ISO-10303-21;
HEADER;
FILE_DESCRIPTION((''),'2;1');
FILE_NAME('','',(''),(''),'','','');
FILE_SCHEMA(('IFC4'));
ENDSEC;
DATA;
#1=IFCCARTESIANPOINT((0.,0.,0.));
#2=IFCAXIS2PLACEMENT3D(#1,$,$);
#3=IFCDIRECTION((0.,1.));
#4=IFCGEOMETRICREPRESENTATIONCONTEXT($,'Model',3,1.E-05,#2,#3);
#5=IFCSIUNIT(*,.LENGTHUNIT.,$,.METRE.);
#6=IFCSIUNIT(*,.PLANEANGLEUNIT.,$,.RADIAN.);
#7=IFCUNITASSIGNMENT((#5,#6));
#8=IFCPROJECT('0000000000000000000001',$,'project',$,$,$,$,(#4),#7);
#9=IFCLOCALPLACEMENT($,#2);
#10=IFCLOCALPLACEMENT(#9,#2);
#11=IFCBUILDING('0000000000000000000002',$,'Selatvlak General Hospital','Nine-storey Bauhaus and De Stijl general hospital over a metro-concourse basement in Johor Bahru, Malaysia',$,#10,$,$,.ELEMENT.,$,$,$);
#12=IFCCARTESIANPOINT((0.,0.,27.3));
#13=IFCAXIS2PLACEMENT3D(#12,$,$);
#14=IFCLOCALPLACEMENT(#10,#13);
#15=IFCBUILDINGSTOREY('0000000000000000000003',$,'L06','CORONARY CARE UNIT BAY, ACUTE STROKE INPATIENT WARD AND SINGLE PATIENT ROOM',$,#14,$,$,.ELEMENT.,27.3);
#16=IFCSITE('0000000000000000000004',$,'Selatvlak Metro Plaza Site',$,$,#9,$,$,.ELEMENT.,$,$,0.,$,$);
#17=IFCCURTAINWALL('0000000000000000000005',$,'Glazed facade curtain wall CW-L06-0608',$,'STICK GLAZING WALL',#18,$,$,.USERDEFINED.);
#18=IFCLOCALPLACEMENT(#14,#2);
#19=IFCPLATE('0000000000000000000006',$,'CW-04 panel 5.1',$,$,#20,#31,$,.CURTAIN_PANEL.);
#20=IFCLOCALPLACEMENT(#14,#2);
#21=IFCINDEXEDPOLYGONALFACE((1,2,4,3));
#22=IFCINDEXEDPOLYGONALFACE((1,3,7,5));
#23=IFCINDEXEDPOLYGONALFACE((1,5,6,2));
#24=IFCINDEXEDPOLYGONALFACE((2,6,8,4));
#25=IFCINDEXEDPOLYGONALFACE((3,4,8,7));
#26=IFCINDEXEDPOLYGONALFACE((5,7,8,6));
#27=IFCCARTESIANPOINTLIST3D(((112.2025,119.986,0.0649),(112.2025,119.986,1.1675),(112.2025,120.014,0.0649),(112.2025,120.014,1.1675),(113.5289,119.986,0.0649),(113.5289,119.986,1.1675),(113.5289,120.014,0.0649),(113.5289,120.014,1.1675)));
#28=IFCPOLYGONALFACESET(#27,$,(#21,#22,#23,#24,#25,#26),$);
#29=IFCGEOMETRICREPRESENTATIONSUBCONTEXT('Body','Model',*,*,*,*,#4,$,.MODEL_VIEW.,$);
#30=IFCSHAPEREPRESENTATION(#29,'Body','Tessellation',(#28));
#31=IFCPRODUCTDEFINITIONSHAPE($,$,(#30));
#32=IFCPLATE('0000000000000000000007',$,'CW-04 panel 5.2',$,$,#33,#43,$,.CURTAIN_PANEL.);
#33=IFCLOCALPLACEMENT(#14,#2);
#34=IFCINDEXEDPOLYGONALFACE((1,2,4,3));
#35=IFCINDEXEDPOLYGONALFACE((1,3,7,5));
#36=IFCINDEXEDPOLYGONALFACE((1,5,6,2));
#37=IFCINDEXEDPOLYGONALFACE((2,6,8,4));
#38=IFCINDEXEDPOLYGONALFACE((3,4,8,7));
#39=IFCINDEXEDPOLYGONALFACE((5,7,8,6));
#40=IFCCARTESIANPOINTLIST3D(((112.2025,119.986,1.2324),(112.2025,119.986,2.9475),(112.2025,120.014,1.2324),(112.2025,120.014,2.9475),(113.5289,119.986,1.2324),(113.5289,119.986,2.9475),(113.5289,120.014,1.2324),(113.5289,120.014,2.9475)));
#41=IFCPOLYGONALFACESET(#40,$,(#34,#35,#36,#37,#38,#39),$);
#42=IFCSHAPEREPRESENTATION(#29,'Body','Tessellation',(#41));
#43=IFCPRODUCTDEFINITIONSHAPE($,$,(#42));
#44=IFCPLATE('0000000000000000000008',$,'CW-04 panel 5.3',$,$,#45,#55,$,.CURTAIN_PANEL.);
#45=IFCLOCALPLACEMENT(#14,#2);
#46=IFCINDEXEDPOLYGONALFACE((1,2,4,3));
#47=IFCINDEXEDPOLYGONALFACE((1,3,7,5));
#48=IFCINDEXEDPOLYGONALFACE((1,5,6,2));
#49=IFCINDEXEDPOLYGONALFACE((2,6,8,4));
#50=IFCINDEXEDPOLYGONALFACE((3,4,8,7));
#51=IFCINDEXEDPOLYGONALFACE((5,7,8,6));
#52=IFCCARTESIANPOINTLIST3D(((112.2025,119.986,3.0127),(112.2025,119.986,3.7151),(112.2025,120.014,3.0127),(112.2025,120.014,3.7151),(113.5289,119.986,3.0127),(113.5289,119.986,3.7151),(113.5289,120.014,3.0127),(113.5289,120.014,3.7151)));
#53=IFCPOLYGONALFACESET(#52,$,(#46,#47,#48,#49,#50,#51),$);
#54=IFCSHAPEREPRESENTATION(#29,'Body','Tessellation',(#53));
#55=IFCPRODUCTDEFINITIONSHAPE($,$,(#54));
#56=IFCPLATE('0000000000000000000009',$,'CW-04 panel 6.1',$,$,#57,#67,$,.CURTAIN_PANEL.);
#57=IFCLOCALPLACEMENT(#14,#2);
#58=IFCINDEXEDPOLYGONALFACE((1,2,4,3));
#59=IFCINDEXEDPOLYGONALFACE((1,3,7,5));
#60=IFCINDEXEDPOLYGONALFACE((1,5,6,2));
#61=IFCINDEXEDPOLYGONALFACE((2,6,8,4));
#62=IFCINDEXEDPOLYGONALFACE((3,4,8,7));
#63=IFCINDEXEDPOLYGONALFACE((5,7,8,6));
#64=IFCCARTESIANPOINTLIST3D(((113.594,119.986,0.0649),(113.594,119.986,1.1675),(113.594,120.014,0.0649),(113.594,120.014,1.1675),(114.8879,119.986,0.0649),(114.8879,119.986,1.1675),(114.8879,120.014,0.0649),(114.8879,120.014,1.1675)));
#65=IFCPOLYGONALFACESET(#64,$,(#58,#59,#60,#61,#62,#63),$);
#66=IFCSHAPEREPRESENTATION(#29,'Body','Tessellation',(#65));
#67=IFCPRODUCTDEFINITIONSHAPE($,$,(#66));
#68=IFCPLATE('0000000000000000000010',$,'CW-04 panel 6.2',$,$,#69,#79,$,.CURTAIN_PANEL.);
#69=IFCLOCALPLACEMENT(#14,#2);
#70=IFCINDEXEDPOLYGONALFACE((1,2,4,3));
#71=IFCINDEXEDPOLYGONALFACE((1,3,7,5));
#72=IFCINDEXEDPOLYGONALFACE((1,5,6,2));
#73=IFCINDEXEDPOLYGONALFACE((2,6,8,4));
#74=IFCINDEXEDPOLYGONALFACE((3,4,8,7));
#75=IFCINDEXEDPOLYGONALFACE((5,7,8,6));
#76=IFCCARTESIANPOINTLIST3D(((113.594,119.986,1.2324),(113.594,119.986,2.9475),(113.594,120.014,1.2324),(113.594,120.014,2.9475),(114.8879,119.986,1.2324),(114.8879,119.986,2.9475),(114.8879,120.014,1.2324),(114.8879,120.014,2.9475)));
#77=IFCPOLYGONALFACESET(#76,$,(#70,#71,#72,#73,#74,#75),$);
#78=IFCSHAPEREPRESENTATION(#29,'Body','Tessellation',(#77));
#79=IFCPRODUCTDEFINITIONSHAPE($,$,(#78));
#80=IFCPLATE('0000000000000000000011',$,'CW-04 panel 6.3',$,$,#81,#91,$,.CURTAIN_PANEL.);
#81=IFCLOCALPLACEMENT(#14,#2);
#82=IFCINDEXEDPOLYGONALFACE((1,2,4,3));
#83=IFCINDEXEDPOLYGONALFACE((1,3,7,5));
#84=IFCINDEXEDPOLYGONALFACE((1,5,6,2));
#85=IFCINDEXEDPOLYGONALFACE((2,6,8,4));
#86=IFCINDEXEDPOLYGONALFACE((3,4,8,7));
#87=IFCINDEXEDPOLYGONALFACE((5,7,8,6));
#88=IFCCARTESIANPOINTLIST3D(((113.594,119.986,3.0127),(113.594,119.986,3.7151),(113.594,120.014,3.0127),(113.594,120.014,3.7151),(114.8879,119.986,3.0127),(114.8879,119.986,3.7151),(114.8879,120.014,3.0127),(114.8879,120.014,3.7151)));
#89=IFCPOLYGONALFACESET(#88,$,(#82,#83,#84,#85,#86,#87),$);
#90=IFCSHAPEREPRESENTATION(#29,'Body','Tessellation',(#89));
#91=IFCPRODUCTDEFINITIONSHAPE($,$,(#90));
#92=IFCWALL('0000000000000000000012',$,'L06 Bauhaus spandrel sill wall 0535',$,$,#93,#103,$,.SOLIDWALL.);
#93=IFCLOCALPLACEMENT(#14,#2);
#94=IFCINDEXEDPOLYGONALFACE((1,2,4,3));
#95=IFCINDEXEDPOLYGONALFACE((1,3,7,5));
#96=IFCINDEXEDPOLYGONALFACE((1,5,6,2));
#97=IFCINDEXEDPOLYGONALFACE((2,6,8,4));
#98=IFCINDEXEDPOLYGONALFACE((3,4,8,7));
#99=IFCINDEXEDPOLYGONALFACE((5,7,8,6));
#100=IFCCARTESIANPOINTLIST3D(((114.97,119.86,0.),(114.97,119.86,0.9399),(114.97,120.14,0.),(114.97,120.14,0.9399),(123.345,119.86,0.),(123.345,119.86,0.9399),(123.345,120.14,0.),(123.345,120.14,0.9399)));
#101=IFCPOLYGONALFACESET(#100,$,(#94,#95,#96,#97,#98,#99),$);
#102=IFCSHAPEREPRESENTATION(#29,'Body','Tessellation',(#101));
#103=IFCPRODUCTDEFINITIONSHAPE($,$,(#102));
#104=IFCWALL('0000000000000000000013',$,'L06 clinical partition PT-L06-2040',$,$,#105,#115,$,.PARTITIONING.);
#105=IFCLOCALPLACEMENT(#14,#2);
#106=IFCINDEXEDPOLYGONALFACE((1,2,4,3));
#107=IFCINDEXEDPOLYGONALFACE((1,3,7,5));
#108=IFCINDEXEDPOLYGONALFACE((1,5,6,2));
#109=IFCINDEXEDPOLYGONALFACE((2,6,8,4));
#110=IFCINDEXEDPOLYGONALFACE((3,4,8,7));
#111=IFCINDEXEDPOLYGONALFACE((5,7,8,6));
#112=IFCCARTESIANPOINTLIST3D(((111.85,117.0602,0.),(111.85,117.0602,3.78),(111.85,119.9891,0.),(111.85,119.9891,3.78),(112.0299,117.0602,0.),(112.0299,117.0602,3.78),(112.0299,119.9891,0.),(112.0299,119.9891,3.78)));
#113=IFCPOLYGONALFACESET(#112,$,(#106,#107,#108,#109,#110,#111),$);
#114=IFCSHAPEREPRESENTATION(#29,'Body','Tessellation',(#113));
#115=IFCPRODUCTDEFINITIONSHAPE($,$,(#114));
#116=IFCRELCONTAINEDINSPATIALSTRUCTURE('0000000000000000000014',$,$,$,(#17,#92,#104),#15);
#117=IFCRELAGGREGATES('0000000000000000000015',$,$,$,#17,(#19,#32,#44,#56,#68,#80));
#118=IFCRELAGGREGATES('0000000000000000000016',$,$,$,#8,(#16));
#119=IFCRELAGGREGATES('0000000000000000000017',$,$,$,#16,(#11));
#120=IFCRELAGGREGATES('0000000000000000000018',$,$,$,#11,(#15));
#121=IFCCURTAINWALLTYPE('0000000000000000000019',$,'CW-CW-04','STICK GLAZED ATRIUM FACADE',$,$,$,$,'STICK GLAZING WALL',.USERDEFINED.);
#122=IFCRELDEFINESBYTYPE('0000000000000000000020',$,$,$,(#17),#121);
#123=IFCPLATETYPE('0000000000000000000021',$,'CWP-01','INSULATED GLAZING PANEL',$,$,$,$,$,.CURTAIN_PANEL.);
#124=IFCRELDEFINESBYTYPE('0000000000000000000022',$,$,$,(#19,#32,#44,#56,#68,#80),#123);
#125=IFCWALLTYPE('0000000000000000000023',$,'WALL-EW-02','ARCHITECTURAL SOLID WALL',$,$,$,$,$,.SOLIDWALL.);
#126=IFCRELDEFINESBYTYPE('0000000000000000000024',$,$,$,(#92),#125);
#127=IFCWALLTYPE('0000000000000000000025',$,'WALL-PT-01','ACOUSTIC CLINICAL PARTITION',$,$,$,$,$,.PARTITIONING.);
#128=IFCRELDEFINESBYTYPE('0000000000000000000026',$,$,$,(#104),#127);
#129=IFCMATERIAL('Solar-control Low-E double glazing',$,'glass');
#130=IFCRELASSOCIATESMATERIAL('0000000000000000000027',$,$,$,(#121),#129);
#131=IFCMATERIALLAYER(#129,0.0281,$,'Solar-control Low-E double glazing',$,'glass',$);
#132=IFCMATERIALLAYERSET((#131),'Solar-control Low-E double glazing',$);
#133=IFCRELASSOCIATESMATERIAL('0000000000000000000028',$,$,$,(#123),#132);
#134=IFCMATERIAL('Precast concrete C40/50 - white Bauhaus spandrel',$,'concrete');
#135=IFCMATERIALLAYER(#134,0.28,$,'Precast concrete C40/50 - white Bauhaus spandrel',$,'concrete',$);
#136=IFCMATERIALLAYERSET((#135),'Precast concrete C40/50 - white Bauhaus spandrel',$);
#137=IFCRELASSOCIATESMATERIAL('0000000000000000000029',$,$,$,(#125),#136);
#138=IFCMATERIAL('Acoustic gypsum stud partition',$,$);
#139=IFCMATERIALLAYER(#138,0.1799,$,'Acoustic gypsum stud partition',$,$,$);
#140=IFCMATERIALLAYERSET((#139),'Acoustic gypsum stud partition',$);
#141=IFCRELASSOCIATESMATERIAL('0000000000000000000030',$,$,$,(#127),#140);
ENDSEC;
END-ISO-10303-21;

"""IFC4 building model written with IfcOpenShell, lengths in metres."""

from ifc_helpers import new_model, si_unit, direction, frame, frame_2d, origin, origin_2d, place, context, subcontext, project, spatial, rectangle, extrude, material, layer, layer_set, type_object, element, aggregate, save


model = new_model("IFC4")

# Units and contexts
model_context = context("Model", 3, precision=1e-05, world=origin(), true_north=direction((0.0, 1.0)))
body_context = subcontext(model_context, "Body", "Model", "MODEL_VIEW")
ifc_project = project(units=[si_unit("LENGTHUNIT", "METRE"), si_unit("PLANEANGLEUNIT", "RADIAN")], contexts=[model_context])

# Site, building, storey
site_placement = place(None, origin())
site = spatial("IfcSite", under=ifc_project, at=site_placement, Name="Selatvlak Metro Plaza Site", CompositionType="ELEMENT", RefElevation=0.0)
building_placement = place(site_placement, origin())
building = spatial("IfcBuilding", under=site, at=building_placement, Name="Selatvlak General Hospital", Description="Nine-storey Bauhaus and De Stijl general hospital over a metro-concourse basement in Johor Bahru, Malaysia", CompositionType="ELEMENT")
storey_placement = place(building_placement, frame((0.0, 0.0, 27.3)))
storey = spatial("IfcBuildingStorey", under=building, at=storey_placement, Name="L06", Description="CORONARY CARE UNIT BAY, ACUTE STROKE INPATIENT WARD AND SINGLE PATIENT ROOM", CompositionType="ELEMENT", Elevation=27.3)

# Curtain wall, plates
ifc_material_1 = material(Name="Solar-control Low-E double glazing", Category="glass")
curtain_wall_type = type_object("IfcCurtainWallType", Name="CW-CW-04", Description="STICK GLAZED ATRIUM FACADE", ElementType="STICK GLAZING WALL", PredefinedType="USERDEFINED", material=ifc_material_1)
curtain_wall_placement = place(storey_placement, origin())
curtain_wall = element("IfcCurtainWall", 1, at=curtain_wall_placement, inside=storey, type_object=curtain_wall_type, Name="Glazed facade curtain wall CW-L06-0608", ObjectType="STICK GLAZING WALL", PredefinedType="USERDEFINED")
ifc_layer_1 = layer(ifc_material_1, 0.0281, Name="Solar-control Low-E double glazing", Category="glass")
ifc_layer_set_1 = layer_set([ifc_layer_1], Name="Solar-control Low-E double glazing")
plate_type = type_object("IfcPlateType", Name="CWP-01", Description="INSULATED GLAZING PANEL", PredefinedType="CURTAIN_PANEL", material=ifc_layer_set_1)
plate_1_placement = place(storey_placement, frame((112.8657, 120.0, 0.0649), z_axis=(0.0, 0.0, 1.0), x_axis=(1.0, 0.0, 0.0)))
plate_1 = element("IfcPlate", 2, at=plate_1_placement, type_object=plate_type, Name="CW-04 panel 5.1", PredefinedType="CURTAIN_PANEL", context=body_context, shape_type="SweptSolid", body=[
    extrude(rectangle(XDim=1.3264, YDim=0.0281, at=origin_2d()), origin(), (0.0, 0.0, 1.0), 1.1025),
])
plate_2_placement = place(storey_placement, frame((112.8657, 120.0, 1.2324), z_axis=(0.0, 0.0, 1.0), x_axis=(1.0, 0.0, 0.0)))
plate_2 = element("IfcPlate", 3, at=plate_2_placement, type_object=plate_type, Name="CW-04 panel 5.2", PredefinedType="CURTAIN_PANEL", context=body_context, shape_type="SweptSolid", body=[
    extrude(rectangle(XDim=1.3264, YDim=0.0281, at=origin_2d()), origin(), (0.0, 0.0, 1.0), 1.7151),
])
plate_3_placement = place(storey_placement, frame((112.8657, 120.0, 3.0127), z_axis=(0.0, 0.0, 1.0), x_axis=(1.0, 0.0, 0.0)))
plate_3 = element("IfcPlate", 4, at=plate_3_placement, type_object=plate_type, Name="CW-04 panel 5.3", PredefinedType="CURTAIN_PANEL", context=body_context, shape_type="SweptSolid", body=[
    extrude(rectangle(XDim=1.3264, YDim=0.0281, at=origin_2d()), origin(), (0.0, 0.0, 1.0), 0.7024),
])
plate_4_placement = place(storey_placement, frame((114.241, 120.0, 0.0649), z_axis=(0.0, 0.0, 1.0), x_axis=(1.0, 0.0, 0.0)))
plate_4 = element("IfcPlate", 5, at=plate_4_placement, type_object=plate_type, Name="CW-04 panel 6.1", PredefinedType="CURTAIN_PANEL", context=body_context, shape_type="SweptSolid", body=[
    extrude(rectangle(XDim=1.2939, YDim=0.0281, at=origin_2d()), origin(), (0.0, 0.0, 1.0), 1.1025),
])
plate_5_placement = place(storey_placement, frame((114.241, 120.0, 1.2324), z_axis=(0.0, 0.0, 1.0), x_axis=(1.0, 0.0, 0.0)))
plate_5 = element("IfcPlate", 6, at=plate_5_placement, type_object=plate_type, Name="CW-04 panel 6.2", PredefinedType="CURTAIN_PANEL", context=body_context, shape_type="SweptSolid", body=[
    extrude(rectangle(XDim=1.2939, YDim=0.0281, at=origin_2d()), origin(), (0.0, 0.0, 1.0), 1.7151),
])
plate_6_placement = place(storey_placement, frame((114.241, 120.0, 3.0127), z_axis=(0.0, 0.0, 1.0), x_axis=(1.0, 0.0, 0.0)))
plate_6 = element("IfcPlate", 7, at=plate_6_placement, type_object=plate_type, Name="CW-04 panel 6.3", PredefinedType="CURTAIN_PANEL", context=body_context, shape_type="SweptSolid", body=[
    extrude(rectangle(XDim=1.2939, YDim=0.0281, at=origin_2d()), origin(), (0.0, 0.0, 1.0), 0.7024),
])
aggregate(curtain_wall, [plate_1, plate_2, plate_3, plate_4, plate_5, plate_6])

# Walls
ifc_material_2 = material(Name="Precast concrete C40/50 - white Bauhaus spandrel", Category="concrete")
ifc_layer_2 = layer(ifc_material_2, 0.28, Name="Precast concrete C40/50 - white Bauhaus spandrel", Category="concrete")
ifc_layer_set_2 = layer_set([ifc_layer_2], Name="Precast concrete C40/50 - white Bauhaus spandrel")
wall_type_1 = type_object("IfcWallType", Name="WALL-EW-02", Description="ARCHITECTURAL SOLID WALL", PredefinedType="SOLIDWALL", material=ifc_layer_set_2)
wall_1_placement = place(storey_placement, frame((114.97, 120.0, 0.0), z_axis=(0.0, 0.0, 1.0), x_axis=(1.0, 0.0, 0.0)))
element("IfcWall", 8, at=wall_1_placement, inside=storey, type_object=wall_type_1, Name="L06 Bauhaus spandrel sill wall 0535", PredefinedType="SOLIDWALL", context=body_context, shape_type="SweptSolid", body=[
    extrude(rectangle(XDim=8.375, YDim=0.28, at=frame_2d((4.1875, 0.0))), origin(), (0.0, 0.0, 1.0), 0.9399),
])
ifc_material_3 = material(Name="Acoustic gypsum stud partition")
ifc_layer_3 = layer(ifc_material_3, 0.1799, Name="Acoustic gypsum stud partition")
ifc_layer_set_3 = layer_set([ifc_layer_3], Name="Acoustic gypsum stud partition")
wall_type_2 = type_object("IfcWallType", Name="WALL-PT-01", Description="ACOUSTIC CLINICAL PARTITION", PredefinedType="PARTITIONING", material=ifc_layer_set_3)
wall_2_placement = place(storey_placement, frame((111.9399, 119.989, 0.0), z_axis=(0.0, 0.0, 1.0), x_axis=(0.0, -1.0, 0.0)))
element("IfcWall", 9, at=wall_2_placement, inside=storey, type_object=wall_type_2, Name="L06 clinical partition PT-L06-2040", PredefinedType="PARTITIONING", context=body_context, shape_type="SweptSolid", body=[
    extrude(rectangle(XDim=2.929, YDim=0.1799, at=frame_2d((1.4644, 0.0))), origin(), (0.0, 0.0, 1.0), 3.78),
])

save(model, "model.ifc")
